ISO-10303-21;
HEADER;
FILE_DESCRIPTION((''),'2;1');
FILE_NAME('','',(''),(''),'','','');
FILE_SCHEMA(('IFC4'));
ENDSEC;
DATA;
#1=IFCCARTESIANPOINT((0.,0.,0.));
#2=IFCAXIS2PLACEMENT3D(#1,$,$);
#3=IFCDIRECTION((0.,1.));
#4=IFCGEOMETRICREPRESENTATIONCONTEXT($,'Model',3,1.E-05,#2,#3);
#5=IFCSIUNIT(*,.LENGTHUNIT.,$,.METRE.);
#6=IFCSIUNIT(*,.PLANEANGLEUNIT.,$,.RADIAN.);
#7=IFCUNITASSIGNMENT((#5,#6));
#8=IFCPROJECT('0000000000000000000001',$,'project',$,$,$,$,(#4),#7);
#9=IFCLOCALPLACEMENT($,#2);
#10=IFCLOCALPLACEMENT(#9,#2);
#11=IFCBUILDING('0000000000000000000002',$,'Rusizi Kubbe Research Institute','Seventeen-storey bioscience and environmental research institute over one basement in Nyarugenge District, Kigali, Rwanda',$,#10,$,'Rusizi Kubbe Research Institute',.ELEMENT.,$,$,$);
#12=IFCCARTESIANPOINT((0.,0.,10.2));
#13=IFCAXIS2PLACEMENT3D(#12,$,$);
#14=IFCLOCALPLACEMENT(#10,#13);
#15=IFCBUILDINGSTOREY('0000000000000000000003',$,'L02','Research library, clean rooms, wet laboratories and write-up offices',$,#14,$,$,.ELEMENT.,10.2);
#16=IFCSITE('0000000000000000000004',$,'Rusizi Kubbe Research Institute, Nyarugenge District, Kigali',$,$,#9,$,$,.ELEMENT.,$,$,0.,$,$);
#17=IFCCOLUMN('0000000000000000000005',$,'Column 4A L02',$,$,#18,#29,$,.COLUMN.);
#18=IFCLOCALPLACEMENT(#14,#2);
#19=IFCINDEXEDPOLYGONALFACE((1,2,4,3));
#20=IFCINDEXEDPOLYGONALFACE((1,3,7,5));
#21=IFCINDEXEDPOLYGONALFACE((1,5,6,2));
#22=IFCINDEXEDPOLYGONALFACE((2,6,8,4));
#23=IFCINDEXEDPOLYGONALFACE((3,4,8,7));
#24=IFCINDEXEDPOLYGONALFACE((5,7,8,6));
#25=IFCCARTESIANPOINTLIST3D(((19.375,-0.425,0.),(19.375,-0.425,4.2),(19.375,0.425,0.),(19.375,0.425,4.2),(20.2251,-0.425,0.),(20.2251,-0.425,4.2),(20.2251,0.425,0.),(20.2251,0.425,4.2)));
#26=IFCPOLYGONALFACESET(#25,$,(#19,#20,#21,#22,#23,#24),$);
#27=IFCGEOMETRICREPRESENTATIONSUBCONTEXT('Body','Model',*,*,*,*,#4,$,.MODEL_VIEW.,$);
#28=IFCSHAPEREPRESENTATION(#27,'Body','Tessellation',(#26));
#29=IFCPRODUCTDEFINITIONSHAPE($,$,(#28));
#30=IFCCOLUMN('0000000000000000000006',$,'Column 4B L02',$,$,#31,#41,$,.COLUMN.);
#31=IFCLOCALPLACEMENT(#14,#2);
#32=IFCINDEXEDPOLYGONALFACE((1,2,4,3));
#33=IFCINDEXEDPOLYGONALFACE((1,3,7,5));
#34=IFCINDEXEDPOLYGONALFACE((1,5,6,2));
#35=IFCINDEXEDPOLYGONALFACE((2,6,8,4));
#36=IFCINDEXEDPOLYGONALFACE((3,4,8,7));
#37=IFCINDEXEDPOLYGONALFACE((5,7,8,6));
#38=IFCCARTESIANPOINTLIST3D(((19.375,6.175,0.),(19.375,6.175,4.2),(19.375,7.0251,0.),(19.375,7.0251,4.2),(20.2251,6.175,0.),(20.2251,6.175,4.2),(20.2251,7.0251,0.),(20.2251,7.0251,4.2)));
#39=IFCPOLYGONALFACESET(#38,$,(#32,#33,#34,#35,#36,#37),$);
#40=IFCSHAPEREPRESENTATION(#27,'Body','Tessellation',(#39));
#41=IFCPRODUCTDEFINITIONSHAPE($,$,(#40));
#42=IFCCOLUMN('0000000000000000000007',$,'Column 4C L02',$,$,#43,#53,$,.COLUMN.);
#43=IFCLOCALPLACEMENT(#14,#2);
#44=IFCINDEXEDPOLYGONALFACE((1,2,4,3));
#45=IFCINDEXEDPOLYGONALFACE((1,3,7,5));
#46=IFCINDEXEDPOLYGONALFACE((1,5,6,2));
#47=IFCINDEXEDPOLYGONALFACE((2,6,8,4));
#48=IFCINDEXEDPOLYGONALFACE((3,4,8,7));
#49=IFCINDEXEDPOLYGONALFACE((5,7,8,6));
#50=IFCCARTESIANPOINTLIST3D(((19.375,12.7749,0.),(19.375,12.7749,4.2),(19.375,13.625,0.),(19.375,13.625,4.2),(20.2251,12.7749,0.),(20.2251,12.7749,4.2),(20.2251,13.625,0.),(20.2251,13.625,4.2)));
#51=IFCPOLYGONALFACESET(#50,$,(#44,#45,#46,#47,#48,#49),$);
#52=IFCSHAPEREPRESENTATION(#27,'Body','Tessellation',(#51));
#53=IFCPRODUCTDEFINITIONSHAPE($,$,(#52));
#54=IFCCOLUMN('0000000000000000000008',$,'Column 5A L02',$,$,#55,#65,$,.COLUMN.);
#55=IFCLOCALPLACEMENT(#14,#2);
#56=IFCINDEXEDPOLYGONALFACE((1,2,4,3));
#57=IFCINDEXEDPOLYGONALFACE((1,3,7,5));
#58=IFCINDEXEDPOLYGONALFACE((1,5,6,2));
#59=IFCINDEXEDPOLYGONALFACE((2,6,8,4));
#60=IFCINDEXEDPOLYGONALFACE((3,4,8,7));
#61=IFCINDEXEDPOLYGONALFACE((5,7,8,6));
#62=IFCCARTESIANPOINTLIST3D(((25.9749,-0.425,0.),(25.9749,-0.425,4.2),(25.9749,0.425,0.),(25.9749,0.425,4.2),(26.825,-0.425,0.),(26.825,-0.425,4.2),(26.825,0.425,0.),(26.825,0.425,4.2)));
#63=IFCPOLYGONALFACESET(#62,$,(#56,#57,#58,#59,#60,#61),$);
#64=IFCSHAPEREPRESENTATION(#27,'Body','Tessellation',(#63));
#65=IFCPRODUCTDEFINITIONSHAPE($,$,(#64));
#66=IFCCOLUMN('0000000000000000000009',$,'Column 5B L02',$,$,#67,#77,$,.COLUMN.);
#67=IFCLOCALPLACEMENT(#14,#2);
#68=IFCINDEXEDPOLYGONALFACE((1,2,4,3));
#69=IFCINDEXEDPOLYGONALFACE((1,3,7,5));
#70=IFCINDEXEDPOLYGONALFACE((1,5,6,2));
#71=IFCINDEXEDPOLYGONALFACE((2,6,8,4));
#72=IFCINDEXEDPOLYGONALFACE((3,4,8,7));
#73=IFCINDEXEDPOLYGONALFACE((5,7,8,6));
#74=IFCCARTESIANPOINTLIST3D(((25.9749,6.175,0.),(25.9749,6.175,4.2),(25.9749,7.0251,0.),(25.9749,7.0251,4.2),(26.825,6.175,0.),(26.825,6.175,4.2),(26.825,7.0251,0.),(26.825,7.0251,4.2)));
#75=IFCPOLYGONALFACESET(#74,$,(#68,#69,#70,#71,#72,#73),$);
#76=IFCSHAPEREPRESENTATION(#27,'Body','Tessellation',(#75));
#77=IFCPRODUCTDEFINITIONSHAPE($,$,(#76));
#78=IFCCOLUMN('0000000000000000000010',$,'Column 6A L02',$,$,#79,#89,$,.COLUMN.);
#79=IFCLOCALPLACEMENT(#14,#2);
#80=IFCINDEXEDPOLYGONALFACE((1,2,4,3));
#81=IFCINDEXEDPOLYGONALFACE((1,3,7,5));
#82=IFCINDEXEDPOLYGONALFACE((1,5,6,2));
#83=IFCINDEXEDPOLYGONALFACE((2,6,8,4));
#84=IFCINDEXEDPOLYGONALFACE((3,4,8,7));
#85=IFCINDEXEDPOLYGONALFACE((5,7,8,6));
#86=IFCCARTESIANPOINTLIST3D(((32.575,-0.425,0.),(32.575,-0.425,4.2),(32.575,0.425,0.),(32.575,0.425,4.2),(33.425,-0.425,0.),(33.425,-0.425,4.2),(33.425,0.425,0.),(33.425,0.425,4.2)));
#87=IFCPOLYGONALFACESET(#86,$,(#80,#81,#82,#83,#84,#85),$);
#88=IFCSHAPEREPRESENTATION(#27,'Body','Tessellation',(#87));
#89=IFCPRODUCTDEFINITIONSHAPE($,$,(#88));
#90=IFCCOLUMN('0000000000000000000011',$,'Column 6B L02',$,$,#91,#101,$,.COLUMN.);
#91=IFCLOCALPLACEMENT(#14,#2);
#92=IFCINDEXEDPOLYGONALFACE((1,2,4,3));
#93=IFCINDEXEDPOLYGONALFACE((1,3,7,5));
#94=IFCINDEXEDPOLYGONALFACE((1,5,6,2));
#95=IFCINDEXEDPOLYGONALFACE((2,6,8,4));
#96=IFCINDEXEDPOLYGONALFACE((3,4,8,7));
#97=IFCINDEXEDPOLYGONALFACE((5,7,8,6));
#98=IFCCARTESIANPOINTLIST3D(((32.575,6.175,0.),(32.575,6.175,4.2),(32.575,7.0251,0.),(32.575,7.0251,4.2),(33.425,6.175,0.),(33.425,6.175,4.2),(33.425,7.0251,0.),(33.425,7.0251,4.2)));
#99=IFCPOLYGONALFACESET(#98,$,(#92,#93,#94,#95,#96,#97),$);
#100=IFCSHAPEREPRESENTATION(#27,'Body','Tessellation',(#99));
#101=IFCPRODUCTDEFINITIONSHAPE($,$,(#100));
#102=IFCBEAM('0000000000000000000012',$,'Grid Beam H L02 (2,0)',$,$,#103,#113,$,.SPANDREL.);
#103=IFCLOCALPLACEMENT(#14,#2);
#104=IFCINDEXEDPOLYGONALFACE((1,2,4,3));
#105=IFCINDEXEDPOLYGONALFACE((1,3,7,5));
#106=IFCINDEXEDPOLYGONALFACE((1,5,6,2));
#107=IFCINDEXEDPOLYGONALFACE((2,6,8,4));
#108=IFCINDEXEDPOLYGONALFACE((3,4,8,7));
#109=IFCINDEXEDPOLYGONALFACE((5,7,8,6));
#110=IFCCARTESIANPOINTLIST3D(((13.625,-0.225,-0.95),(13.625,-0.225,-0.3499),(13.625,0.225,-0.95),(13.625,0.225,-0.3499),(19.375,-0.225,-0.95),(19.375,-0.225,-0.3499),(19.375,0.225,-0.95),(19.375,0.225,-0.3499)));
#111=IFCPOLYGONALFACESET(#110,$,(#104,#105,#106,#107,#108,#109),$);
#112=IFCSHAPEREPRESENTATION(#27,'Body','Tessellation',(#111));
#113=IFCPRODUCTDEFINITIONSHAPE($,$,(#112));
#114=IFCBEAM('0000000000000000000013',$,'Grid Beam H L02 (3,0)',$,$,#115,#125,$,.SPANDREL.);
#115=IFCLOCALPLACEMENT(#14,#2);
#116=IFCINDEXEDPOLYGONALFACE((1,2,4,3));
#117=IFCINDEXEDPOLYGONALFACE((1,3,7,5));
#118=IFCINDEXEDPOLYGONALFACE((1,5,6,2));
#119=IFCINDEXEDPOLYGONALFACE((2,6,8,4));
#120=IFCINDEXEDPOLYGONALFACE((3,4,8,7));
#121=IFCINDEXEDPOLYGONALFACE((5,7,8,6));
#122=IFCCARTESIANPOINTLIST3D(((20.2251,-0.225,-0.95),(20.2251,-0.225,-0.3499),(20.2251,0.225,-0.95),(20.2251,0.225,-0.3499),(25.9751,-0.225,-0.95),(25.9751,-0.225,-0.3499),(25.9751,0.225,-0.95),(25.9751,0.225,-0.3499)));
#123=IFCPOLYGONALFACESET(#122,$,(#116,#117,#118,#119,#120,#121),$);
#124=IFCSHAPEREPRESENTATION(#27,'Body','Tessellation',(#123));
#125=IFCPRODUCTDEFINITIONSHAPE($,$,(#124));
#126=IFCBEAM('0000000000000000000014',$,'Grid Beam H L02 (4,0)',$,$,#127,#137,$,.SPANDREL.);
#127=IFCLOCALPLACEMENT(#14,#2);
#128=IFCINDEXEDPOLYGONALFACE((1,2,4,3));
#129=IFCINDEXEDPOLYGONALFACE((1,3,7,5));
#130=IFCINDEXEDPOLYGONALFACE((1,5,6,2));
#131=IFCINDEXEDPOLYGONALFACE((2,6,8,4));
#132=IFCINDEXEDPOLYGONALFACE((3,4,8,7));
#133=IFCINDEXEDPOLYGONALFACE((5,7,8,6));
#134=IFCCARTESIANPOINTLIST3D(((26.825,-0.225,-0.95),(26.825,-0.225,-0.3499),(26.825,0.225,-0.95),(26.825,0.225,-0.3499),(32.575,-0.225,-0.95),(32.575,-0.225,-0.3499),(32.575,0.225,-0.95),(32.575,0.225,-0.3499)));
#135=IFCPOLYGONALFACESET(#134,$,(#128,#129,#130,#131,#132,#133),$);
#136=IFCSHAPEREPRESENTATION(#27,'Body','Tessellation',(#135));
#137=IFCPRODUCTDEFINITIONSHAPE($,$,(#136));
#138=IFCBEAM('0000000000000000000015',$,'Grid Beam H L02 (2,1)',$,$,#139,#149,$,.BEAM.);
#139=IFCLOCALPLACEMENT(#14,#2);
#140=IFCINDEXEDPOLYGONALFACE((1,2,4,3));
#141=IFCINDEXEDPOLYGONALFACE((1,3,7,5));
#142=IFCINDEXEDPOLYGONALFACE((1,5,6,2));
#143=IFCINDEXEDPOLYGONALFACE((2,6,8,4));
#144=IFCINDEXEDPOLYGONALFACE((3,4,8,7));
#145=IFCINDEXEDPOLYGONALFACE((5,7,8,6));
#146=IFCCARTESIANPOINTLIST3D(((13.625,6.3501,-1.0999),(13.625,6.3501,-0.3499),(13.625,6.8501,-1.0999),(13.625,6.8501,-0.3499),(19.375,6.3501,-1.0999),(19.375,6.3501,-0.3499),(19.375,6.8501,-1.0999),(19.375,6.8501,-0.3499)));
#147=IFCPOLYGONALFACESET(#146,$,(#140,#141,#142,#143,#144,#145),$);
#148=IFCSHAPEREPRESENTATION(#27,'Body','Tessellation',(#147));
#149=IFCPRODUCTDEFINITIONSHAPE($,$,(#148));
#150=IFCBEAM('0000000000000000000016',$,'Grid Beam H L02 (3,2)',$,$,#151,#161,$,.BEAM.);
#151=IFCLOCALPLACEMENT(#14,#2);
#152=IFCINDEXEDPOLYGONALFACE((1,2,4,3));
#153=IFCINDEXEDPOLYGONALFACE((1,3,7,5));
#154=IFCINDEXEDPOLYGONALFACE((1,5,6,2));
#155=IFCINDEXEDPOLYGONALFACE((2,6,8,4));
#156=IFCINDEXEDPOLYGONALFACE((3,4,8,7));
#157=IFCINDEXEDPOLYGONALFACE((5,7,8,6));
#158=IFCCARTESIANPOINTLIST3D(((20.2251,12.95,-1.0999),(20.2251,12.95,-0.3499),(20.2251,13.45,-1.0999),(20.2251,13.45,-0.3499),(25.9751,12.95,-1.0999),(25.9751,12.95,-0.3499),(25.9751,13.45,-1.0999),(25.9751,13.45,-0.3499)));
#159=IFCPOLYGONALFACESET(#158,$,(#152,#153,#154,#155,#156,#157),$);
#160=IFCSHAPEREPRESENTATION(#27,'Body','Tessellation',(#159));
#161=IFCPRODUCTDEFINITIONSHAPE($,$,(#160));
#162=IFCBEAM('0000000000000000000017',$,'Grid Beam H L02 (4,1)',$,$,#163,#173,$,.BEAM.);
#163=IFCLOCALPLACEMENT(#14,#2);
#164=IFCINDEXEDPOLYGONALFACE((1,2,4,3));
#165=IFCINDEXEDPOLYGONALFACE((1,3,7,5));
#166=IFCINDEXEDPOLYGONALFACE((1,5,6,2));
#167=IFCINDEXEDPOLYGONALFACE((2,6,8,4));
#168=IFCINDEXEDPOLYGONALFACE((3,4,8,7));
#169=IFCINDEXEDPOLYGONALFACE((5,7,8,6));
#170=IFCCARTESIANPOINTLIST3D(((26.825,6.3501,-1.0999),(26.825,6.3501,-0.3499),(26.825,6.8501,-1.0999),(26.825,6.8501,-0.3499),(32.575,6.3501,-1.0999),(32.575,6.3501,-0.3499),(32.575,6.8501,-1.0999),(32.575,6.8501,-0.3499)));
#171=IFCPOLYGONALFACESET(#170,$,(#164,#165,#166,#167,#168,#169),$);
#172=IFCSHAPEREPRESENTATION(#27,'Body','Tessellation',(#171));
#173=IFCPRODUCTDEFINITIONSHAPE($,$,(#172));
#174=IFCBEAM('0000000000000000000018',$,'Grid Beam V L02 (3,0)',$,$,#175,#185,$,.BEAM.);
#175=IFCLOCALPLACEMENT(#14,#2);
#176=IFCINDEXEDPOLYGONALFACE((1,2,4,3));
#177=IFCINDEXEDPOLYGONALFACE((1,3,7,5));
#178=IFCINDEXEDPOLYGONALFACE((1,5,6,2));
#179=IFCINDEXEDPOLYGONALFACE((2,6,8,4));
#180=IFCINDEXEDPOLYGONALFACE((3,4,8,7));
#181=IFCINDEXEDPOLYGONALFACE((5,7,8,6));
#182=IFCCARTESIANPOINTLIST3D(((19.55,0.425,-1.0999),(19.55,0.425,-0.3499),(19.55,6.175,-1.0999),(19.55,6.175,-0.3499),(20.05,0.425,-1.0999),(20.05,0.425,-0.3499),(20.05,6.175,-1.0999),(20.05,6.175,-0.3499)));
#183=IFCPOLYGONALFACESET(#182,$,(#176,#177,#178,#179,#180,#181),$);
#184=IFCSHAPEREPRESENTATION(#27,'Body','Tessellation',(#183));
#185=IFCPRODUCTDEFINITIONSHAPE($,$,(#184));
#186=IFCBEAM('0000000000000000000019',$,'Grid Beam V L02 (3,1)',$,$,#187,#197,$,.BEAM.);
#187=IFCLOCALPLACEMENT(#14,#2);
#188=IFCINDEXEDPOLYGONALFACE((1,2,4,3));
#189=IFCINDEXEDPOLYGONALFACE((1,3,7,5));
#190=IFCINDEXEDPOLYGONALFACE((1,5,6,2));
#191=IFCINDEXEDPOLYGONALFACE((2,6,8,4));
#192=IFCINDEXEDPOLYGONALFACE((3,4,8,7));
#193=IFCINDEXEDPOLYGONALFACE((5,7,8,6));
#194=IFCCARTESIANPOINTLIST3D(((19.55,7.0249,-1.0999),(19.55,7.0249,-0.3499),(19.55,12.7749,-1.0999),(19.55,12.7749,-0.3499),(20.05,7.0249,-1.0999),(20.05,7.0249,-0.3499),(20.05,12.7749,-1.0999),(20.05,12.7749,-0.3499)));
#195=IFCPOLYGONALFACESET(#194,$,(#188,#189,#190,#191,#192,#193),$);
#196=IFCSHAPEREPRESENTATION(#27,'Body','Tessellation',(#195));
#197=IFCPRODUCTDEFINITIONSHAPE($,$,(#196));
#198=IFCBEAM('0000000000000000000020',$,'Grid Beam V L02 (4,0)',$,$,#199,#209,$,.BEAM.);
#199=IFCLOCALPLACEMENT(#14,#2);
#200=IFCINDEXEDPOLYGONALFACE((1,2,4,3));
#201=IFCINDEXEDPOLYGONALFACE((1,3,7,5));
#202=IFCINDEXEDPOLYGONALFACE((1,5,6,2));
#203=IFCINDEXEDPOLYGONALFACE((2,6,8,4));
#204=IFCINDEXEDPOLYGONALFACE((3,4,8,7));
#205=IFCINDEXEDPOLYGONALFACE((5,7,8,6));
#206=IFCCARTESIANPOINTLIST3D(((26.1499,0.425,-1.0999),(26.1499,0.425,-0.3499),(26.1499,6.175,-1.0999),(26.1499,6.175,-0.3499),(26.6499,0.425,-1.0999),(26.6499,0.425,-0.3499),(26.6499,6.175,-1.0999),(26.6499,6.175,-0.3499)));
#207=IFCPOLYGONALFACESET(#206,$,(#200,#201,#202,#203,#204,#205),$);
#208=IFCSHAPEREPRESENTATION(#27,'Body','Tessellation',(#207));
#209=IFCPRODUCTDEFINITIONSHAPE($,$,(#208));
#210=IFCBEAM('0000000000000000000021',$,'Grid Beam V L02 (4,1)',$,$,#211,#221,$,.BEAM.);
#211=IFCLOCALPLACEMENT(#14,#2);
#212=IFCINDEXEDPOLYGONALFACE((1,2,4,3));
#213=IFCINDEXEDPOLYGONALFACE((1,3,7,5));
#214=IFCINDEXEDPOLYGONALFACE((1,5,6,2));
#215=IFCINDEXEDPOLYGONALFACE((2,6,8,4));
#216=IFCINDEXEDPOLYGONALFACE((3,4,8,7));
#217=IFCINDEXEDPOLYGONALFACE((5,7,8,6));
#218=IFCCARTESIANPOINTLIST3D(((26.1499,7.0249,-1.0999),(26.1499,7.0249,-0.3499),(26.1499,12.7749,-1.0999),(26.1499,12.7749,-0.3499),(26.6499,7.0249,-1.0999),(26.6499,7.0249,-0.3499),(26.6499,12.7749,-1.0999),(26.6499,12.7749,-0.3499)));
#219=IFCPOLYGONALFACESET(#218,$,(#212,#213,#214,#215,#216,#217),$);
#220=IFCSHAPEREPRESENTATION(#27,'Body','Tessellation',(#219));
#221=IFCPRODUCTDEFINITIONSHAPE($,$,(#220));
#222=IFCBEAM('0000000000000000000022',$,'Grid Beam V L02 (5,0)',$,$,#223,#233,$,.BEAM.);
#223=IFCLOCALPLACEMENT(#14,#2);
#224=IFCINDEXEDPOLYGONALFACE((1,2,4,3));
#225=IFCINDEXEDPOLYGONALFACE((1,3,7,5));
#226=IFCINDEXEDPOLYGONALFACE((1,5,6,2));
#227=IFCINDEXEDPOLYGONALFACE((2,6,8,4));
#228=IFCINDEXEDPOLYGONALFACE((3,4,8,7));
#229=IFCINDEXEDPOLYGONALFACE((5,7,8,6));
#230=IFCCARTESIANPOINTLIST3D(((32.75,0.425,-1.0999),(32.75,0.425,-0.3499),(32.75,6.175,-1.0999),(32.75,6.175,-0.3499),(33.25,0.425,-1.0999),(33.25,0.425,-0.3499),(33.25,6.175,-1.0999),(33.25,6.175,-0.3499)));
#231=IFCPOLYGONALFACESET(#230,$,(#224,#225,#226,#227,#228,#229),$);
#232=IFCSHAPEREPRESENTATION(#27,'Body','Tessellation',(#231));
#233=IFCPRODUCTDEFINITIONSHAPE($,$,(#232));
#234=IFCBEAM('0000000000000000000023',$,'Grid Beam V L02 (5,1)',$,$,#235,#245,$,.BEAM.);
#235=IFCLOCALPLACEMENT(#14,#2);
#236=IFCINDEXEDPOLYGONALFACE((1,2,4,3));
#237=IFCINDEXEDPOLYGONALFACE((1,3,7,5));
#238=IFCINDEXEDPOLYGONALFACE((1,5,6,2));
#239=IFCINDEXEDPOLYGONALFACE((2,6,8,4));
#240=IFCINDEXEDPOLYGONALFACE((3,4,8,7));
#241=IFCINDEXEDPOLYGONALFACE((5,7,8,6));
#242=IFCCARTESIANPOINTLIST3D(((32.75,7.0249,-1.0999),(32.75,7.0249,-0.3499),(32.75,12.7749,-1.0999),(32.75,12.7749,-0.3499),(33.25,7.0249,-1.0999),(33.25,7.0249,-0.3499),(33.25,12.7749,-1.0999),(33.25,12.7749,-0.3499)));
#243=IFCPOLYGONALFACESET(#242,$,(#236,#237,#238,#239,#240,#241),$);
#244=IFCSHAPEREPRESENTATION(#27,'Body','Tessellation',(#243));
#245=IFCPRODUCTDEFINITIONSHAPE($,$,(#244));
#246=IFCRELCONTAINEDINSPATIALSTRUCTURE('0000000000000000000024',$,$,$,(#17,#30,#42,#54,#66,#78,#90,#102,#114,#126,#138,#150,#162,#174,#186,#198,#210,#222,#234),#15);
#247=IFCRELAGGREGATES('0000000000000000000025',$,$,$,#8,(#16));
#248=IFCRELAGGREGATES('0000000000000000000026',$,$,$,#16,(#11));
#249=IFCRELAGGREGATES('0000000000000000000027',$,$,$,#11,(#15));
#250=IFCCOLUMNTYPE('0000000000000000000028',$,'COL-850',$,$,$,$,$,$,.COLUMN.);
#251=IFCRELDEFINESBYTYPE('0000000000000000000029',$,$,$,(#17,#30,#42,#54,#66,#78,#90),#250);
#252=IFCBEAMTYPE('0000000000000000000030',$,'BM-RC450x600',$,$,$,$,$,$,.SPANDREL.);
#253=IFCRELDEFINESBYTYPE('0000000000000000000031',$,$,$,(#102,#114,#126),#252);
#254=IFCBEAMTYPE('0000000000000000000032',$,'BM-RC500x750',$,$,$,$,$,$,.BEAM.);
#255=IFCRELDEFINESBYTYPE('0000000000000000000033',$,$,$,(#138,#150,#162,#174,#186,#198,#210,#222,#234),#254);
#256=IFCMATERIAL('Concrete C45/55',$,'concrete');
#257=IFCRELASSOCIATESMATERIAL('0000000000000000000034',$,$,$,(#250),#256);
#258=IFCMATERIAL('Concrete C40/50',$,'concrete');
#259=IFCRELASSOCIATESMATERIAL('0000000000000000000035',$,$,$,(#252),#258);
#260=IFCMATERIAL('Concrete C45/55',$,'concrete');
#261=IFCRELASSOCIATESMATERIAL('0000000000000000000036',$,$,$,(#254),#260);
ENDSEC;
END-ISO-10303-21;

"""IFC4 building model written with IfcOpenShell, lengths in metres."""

from ifc_helpers import new_model, si_unit, direction, frame, origin, origin_2d, place, context, subcontext, project, spatial, rectangle, extrude, material, material_profile, profile_set, type_object, element, save


model = new_model("IFC4")

# Units and contexts
model_context = context("Model", 3, precision=1e-05, world=origin(), true_north=direction((0.0, 1.0)))
body_context = subcontext(model_context, "Body", "Model", "MODEL_VIEW")
ifc_project = project(units=[si_unit("LENGTHUNIT", "METRE"), si_unit("PLANEANGLEUNIT", "RADIAN")], contexts=[model_context])

# Site, building, storey
site_placement = place(None, origin())
site = spatial("IfcSite", under=ifc_project, at=site_placement, Name="Rusizi Kubbe Research Institute, Nyarugenge District, Kigali", CompositionType="ELEMENT", RefElevation=0.0)
building_placement = place(site_placement, origin())
building = spatial("IfcBuilding", under=site, at=building_placement, Name="Rusizi Kubbe Research Institute", Description="Seventeen-storey bioscience and environmental research institute over one basement in Nyarugenge District, Kigali, Rwanda", LongName="Rusizi Kubbe Research Institute", CompositionType="ELEMENT")
storey_placement = place(building_placement, frame((0.0, 0.0, 10.2)))
storey = spatial("IfcBuildingStorey", under=building, at=storey_placement, Name="L02", Description="Research library, clean rooms, wet laboratories and write-up offices", CompositionType="ELEMENT", Elevation=10.2)

# Columns
ifc_material_1 = material(Name="Concrete C45/55", Category="concrete")
ifc_material_profile_1 = material_profile(ifc_material_1, rectangle(XDim=0.8501, YDim=0.8501, at=origin_2d()), Name="RC850x850")
ifc_profile_set_1 = profile_set([ifc_material_profile_1], Name="Concrete C45/55")
column_type = type_object("IfcColumnType", Name="COL-850", PredefinedType="COLUMN", material=ifc_profile_set_1)
for number, where, z_axis, x_axis, name in (
    (1, (19.8, 0.0, 0.0), (0.0, 0.0, 1.0), (1.0, 0.0, 0.0), "Column 4A L02"),
    (2, (19.8, 6.6001, 0.0), (0.0, 0.0, 1.0), (1.0, 0.0, 0.0), "Column 4B L02"),
    (3, (19.8, 13.2, 0.0), (0.0, 0.0, 1.0), (1.0, 0.0, 0.0), "Column 4C L02"),
    (4, (26.3999, 0.0, 0.0), (0.0, 0.0, 1.0), (1.0, 0.0, 0.0), "Column 5A L02"),
    (5, (26.3999, 6.6001, 0.0), (0.0, 0.0, 1.0), (1.0, 0.0, 0.0), "Column 5B L02"),
    (6, (33.0, 0.0, 0.0), (0.0, 0.0, 1.0), (1.0, 0.0, 0.0), "Column 6A L02"),
    (7, (33.0, 6.6001, 0.0), (0.0, 0.0, 1.0), (1.0, 0.0, 0.0), "Column 6B L02"),
):
    element("IfcColumn", number, at=place(storey_placement, frame(where, z_axis=z_axis, x_axis=x_axis)), inside=storey, type_object=column_type, Name=name, PredefinedType="COLUMN", context=body_context, shape_type="SweptSolid", body=[
        extrude(rectangle(XDim=0.8501, YDim=0.8501, at=origin_2d()), origin(), (0.0, 0.0, 1.0), 4.2),
    ])

# Beams
ifc_material_2 = material(Name="Concrete C40/50", Category="concrete")
ifc_material_profile_2 = material_profile(ifc_material_2, rectangle(XDim=0.45, YDim=0.6001, at=origin_2d()), Name="RC450x600")
ifc_profile_set_2 = profile_set([ifc_material_profile_2], Name="Concrete C40/50")
beam_type_1 = type_object("IfcBeamType", Name="BM-RC450x600", PredefinedType="SPANDREL", material=ifc_profile_set_2)
for number, where, z_axis, x_axis, name in (
    (8, (13.625, 0.0, -0.6499), (1.0, 0.0, 0.0), (0.0, 1.0, 0.0), "Grid Beam H L02 (2,0)"),
    (9, (20.2251, 0.0, -0.6499), (1.0, 0.0, 0.0), (0.0, 1.0, 0.0), "Grid Beam H L02 (3,0)"),
    (10, (26.825, 0.0, -0.6499), (1.0, 0.0, 0.0), (0.0, 1.0, 0.0), "Grid Beam H L02 (4,0)"),
):
    element("IfcBeam", number, at=place(storey_placement, frame(where, z_axis=z_axis, x_axis=x_axis)), inside=storey, type_object=beam_type_1, Name=name, PredefinedType="SPANDREL", context=body_context, shape_type="SweptSolid", body=[
        extrude(rectangle(XDim=0.45, YDim=0.6001, at=origin_2d()), origin(), (0.0, 0.0, 1.0), 5.75),
    ])
ifc_material_3 = material(Name="Concrete C45/55", Category="concrete")
ifc_material_profile_3 = material_profile(ifc_material_3, rectangle(XDim=0.5, YDim=0.75, at=origin_2d()), Name="RC500x750B")
ifc_profile_set_3 = profile_set([ifc_material_profile_3], Name="Concrete C45/55")
beam_type_2 = type_object("IfcBeamType", Name="BM-RC500x750", PredefinedType="BEAM", material=ifc_profile_set_3)
for number, where, z_axis, x_axis, name in (
    (11, (13.625, 6.6001, -0.7249), (1.0, 0.0, 0.0), (0.0, 1.0, 0.0), "Grid Beam H L02 (2,1)"),
    (12, (20.2251, 13.2, -0.7249), (1.0, 0.0, 0.0), (0.0, 1.0, 0.0), "Grid Beam H L02 (3,2)"),
    (13, (26.825, 6.6001, -0.7249), (1.0, 0.0, 0.0), (0.0, 1.0, 0.0), "Grid Beam H L02 (4,1)"),
    (14, (19.8, 0.425, -0.7249), (0.0, 1.0, 0.0), (-1.0, 0.0, 0.0), "Grid Beam V L02 (3,0)"),
    (15, (19.8, 7.0249, -0.7249), (0.0, 1.0, 0.0), (-1.0, 0.0, 0.0), "Grid Beam V L02 (3,1)"),
    (16, (26.3999, 0.425, -0.7249), (0.0, 1.0, 0.0), (-1.0, 0.0, 0.0), "Grid Beam V L02 (4,0)"),
    (17, (26.3999, 7.0249, -0.7249), (0.0, 1.0, 0.0), (-1.0, 0.0, 0.0), "Grid Beam V L02 (4,1)"),
    (18, (33.0, 0.425, -0.7249), (0.0, 1.0, 0.0), (-1.0, 0.0, 0.0), "Grid Beam V L02 (5,0)"),
    (19, (33.0, 7.0249, -0.7249), (0.0, 1.0, 0.0), (-1.0, 0.0, 0.0), "Grid Beam V L02 (5,1)"),
):
    element("IfcBeam", number, at=place(storey_placement, frame(where, z_axis=z_axis, x_axis=x_axis)), inside=storey, type_object=beam_type_2, Name=name, PredefinedType="BEAM", context=body_context, shape_type="SweptSolid", body=[
        extrude(rectangle(XDim=0.5, YDim=0.75, at=origin_2d()), origin(), (0.0, 0.0, 1.0), 5.75),
    ])

save(model, "model.ifc")
